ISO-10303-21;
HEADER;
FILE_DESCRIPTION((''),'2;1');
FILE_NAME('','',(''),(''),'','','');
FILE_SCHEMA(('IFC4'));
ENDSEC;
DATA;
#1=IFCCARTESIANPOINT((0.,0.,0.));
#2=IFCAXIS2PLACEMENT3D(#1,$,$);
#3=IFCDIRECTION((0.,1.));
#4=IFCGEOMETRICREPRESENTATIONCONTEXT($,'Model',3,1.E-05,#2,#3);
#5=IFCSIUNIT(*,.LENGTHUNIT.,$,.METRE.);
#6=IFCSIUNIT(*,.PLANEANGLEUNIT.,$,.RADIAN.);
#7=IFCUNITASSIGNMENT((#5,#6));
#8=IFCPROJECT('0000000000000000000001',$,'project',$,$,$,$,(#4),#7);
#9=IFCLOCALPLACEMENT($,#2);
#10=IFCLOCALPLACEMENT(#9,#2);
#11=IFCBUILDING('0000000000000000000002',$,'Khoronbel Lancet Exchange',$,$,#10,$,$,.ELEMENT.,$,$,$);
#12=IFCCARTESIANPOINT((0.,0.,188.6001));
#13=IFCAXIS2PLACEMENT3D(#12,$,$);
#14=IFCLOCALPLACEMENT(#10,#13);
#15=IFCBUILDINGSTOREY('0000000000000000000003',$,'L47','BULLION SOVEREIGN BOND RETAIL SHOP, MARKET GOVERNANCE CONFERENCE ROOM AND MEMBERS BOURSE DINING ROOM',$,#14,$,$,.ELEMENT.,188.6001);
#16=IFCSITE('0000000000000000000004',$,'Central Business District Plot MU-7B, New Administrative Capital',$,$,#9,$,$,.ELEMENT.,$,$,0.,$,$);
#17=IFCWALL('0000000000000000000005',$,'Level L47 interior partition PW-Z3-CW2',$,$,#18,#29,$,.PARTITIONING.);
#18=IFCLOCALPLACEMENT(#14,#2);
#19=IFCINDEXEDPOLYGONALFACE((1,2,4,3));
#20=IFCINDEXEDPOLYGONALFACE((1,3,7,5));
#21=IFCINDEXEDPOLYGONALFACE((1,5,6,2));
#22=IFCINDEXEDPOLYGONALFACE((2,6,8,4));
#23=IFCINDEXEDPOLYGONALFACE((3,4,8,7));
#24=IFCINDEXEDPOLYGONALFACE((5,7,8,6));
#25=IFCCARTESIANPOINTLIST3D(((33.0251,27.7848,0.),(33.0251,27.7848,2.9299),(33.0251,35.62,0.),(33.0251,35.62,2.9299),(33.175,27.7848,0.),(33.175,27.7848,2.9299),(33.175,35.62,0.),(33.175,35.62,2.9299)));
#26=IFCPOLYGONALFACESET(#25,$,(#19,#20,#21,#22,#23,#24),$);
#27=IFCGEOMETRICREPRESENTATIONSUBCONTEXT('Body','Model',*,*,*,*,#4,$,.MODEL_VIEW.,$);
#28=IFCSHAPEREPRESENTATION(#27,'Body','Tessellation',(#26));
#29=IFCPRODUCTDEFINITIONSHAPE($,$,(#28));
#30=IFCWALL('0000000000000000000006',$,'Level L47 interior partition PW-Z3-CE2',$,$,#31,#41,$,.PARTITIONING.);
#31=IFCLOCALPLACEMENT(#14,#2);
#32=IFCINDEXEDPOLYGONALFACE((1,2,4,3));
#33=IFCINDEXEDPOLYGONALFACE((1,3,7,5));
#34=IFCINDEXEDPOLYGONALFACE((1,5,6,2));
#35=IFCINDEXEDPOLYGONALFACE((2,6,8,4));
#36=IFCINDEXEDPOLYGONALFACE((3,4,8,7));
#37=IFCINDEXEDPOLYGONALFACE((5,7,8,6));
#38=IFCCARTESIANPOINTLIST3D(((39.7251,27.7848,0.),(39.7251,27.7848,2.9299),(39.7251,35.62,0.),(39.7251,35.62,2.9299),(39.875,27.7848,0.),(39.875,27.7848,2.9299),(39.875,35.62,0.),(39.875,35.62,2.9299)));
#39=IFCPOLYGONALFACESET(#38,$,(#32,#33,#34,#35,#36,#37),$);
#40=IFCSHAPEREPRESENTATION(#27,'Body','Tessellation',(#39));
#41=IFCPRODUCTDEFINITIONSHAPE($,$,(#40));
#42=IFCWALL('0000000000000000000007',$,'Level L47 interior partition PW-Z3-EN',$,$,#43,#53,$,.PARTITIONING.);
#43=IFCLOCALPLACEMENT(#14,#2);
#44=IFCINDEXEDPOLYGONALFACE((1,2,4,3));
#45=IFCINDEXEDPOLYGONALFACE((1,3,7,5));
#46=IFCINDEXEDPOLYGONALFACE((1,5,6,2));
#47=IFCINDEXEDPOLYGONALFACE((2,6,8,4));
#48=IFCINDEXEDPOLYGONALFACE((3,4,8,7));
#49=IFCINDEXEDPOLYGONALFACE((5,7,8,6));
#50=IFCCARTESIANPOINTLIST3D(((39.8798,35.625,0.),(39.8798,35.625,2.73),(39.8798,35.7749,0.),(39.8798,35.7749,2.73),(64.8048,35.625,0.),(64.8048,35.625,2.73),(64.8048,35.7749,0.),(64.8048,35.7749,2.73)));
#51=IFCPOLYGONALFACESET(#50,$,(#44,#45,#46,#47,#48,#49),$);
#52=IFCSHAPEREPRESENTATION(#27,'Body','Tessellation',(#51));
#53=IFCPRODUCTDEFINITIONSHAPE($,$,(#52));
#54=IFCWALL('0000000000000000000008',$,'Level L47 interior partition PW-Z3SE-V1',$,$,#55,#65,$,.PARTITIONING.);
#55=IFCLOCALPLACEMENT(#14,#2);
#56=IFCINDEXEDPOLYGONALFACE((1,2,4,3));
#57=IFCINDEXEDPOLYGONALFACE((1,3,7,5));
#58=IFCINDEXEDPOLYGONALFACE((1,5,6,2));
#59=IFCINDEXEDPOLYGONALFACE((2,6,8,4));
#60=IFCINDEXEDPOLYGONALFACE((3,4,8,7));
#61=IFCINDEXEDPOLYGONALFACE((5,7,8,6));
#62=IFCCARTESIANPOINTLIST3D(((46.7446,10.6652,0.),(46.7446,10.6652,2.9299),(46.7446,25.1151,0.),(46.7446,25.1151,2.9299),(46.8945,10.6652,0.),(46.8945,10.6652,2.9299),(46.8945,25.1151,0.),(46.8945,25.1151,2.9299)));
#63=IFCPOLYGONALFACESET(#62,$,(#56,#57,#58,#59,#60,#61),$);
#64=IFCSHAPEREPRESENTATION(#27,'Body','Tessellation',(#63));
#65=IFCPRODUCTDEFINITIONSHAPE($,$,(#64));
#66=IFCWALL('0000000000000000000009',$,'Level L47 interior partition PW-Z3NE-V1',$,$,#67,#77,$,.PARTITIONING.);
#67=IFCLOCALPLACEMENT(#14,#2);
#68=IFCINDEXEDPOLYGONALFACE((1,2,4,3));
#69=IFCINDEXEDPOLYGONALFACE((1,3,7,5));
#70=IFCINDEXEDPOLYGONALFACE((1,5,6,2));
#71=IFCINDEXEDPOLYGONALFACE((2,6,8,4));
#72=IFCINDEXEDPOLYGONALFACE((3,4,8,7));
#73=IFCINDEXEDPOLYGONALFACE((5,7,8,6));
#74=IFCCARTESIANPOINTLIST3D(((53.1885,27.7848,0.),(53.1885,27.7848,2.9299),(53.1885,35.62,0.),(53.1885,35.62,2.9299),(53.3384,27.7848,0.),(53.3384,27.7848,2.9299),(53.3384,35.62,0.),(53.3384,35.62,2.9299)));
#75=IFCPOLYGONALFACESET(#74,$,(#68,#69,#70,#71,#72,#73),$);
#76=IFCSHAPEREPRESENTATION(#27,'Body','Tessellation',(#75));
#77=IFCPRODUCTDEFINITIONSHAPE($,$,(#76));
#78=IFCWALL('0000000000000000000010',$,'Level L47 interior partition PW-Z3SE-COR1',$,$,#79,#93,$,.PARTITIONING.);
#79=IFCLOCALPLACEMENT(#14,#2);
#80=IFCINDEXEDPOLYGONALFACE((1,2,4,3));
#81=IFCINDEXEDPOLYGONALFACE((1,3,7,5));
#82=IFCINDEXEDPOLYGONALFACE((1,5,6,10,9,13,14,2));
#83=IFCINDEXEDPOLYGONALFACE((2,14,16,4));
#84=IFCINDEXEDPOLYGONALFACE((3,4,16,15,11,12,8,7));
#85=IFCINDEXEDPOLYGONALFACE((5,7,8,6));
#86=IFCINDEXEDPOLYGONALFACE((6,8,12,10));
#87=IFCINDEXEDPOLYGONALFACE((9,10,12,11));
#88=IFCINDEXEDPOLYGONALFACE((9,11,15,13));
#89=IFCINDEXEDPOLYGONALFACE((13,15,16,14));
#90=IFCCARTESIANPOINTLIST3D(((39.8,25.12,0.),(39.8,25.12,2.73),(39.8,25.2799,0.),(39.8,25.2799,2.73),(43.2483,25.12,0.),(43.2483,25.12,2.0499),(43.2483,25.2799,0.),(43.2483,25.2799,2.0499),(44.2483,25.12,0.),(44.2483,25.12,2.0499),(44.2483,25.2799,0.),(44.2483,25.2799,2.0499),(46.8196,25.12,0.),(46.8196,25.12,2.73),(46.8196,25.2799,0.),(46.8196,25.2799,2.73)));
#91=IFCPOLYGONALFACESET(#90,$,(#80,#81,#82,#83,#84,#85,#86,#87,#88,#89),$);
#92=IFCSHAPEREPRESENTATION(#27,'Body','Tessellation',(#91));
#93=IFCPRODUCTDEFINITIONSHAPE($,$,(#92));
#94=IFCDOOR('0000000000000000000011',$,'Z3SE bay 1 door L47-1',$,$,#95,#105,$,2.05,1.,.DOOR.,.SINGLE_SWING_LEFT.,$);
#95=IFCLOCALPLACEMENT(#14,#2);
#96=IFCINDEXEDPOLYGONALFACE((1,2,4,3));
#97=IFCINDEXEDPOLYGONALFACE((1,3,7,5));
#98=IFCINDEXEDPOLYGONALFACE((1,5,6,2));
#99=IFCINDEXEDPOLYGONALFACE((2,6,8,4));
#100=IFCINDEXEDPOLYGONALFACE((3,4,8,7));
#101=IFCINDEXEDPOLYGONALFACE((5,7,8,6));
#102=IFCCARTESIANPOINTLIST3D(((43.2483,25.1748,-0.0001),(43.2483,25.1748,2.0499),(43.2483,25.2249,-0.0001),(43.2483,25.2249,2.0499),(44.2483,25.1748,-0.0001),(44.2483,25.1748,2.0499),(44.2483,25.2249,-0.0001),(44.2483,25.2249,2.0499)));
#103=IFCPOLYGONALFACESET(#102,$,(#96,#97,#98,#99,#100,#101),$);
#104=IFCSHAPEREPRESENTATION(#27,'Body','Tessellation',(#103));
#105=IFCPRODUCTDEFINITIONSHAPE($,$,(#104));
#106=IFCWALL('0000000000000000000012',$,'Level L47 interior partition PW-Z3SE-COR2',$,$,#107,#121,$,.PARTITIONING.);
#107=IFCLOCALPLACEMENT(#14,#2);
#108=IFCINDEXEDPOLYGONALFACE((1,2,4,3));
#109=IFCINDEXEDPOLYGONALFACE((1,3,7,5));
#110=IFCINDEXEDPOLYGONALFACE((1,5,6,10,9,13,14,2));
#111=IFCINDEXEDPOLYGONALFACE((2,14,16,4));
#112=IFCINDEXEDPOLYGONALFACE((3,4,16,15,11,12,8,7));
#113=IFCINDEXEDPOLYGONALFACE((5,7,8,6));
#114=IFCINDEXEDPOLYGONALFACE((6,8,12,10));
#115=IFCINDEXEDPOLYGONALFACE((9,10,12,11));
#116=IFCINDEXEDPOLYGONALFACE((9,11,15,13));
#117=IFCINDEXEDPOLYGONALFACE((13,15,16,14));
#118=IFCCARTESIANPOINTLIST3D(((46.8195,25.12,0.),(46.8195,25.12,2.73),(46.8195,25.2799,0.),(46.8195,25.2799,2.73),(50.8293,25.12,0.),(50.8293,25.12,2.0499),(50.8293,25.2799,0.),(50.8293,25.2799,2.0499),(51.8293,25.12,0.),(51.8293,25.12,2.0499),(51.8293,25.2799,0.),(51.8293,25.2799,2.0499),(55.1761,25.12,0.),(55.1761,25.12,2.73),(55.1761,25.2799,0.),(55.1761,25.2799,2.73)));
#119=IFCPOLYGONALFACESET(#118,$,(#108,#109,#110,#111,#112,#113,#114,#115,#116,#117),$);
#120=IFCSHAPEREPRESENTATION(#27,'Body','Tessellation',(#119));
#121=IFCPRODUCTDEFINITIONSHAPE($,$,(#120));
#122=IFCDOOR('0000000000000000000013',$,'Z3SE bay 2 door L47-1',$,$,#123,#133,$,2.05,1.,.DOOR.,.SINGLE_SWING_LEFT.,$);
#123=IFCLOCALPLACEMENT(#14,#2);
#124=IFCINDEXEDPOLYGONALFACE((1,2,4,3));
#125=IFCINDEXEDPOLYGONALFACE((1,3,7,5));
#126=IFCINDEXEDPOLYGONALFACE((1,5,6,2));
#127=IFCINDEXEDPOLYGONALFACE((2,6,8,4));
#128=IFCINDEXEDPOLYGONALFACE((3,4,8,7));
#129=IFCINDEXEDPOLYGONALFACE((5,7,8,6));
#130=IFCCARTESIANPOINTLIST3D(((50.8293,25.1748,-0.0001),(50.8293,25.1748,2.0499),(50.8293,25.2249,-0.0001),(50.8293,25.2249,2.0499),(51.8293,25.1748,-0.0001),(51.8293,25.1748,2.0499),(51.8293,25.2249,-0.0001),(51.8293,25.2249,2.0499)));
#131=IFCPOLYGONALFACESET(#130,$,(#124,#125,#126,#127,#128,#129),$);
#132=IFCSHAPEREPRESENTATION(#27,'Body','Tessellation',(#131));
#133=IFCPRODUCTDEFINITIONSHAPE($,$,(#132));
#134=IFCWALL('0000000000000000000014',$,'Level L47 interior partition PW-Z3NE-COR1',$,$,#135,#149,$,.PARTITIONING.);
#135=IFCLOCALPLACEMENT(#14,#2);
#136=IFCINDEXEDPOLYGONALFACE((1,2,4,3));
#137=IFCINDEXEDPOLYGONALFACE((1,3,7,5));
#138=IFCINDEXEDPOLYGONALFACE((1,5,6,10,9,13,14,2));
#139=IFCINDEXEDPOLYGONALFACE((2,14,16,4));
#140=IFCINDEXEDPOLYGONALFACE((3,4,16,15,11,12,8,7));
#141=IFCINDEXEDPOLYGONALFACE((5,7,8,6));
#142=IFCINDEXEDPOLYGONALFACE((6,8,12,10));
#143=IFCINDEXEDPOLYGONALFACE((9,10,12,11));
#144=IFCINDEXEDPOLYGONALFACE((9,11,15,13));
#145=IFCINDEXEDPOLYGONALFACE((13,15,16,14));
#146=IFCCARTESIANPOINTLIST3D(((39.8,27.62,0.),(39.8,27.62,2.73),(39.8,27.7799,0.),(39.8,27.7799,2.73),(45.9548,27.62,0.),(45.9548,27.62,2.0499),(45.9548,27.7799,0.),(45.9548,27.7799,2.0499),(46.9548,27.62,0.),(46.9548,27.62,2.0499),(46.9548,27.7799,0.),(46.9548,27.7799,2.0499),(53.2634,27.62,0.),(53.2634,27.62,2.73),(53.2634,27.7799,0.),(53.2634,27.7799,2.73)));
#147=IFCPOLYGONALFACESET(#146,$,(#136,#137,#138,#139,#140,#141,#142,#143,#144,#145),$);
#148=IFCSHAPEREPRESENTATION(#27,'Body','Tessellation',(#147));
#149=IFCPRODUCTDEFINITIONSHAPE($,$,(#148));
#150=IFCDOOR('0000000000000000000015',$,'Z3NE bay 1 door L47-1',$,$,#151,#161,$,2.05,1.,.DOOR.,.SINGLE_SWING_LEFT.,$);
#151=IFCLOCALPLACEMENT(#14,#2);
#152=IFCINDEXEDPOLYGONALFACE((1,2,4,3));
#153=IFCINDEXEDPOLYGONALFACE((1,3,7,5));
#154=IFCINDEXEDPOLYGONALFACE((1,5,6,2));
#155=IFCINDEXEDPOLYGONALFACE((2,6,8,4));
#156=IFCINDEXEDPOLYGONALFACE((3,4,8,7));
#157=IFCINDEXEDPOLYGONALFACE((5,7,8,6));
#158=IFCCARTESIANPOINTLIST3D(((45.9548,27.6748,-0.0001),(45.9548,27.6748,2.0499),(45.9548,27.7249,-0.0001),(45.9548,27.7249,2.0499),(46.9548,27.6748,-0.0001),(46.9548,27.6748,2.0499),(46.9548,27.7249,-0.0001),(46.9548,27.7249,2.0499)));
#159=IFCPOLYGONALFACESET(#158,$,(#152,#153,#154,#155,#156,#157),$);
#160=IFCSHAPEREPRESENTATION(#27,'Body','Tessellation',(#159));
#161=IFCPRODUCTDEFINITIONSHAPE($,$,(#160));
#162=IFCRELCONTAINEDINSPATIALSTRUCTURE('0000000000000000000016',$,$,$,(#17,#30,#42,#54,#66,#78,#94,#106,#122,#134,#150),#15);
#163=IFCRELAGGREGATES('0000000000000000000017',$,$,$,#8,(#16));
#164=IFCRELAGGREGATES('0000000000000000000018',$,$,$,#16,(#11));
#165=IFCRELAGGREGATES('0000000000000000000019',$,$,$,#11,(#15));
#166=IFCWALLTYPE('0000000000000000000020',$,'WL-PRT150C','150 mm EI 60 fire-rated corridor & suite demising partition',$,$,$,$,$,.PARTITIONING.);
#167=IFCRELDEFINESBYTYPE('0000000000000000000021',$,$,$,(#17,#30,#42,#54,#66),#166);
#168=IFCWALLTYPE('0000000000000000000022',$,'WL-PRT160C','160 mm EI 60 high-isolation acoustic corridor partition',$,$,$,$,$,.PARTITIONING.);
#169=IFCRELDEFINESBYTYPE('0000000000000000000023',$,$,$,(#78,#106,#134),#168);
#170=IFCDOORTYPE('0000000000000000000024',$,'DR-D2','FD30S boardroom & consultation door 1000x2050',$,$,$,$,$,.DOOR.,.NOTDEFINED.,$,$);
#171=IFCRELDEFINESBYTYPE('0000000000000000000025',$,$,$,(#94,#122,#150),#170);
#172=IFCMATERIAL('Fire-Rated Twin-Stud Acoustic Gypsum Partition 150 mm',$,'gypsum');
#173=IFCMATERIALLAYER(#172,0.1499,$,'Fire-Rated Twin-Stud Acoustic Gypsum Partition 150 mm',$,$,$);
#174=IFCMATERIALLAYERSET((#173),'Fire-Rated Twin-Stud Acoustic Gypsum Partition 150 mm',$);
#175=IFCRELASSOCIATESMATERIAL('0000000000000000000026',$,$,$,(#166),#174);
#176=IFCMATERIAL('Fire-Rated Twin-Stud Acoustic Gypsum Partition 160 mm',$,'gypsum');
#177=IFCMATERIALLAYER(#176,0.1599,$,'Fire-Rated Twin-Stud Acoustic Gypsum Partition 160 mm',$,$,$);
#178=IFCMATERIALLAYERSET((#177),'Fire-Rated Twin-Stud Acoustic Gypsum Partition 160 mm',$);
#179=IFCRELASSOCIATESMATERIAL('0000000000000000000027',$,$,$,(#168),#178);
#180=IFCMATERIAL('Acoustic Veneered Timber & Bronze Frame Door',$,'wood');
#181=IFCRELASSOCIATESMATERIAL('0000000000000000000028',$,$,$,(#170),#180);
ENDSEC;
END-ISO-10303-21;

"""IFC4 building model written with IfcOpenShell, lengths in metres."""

from ifc_helpers import new_model, si_unit, direction, frame, frame_2d, origin, place, context, subcontext, project, spatial, rectangle, extrude, material, layer, layer_set, type_object, element, fill, save


model = new_model("IFC4")

# Units and contexts
model_context = context("Model", 3, precision=1e-05, world=origin(), true_north=direction((0.0, 1.0)))
body_context = subcontext(model_context, "Body", "Model", "MODEL_VIEW")
ifc_project = project(units=[si_unit("LENGTHUNIT", "METRE"), si_unit("PLANEANGLEUNIT", "RADIAN")], contexts=[model_context])

# Site, building, storey
site_placement = place(None, origin())
site = spatial("IfcSite", under=ifc_project, at=site_placement, Name="Central Business District Plot MU-7B, New Administrative Capital", CompositionType="ELEMENT", RefElevation=0.0)
building_placement = place(site_placement, origin())
building = spatial("IfcBuilding", under=site, at=building_placement, Name="Khoronbel Lancet Exchange", CompositionType="ELEMENT")
storey_placement = place(building_placement, frame((0.0, 0.0, 188.6001)))
storey = spatial("IfcBuildingStorey", under=building, at=storey_placement, Name="L47", Description="BULLION SOVEREIGN BOND RETAIL SHOP, MARKET GOVERNANCE CONFERENCE ROOM AND MEMBERS BOURSE DINING ROOM", CompositionType="ELEMENT", Elevation=188.6001)

# Walls
ifc_material_1 = material(Name="Fire-Rated Twin-Stud Acoustic Gypsum Partition 150 mm", Category="gypsum")
ifc_layer_1 = layer(ifc_material_1, 0.1499, Name="Fire-Rated Twin-Stud Acoustic Gypsum Partition 150 mm")
ifc_layer_set_1 = layer_set([ifc_layer_1], Name="Fire-Rated Twin-Stud Acoustic Gypsum Partition 150 mm")
wall_type_1 = type_object("IfcWallType", Name="WL-PRT150C", Description="150 mm EI 60 fire-rated corridor & suite demising partition", PredefinedType="PARTITIONING", material=ifc_layer_set_1)
for number, where, z_axis, x_axis, name in (
    (1, (33.1001, 27.7849, 0.0), (0.0, 0.0, 1.0), (0.0, 1.0, 0.0), "Level L47 interior partition PW-Z3-CW2"),
    (2, (39.8, 27.7849, 0.0), (0.0, 0.0, 1.0), (0.0, 1.0, 0.0), "Level L47 interior partition PW-Z3-CE2"),
):
    element("IfcWall", number, at=place(storey_placement, frame(where, z_axis=z_axis, x_axis=x_axis)), inside=storey, type_object=wall_type_1, Name=name, PredefinedType="PARTITIONING", context=body_context, shape_type="SweptSolid", body=[
        extrude(rectangle(XDim=7.8352, YDim=0.1499, at=frame_2d((3.9175, 0.0))), origin(), (0.0, 0.0, 1.0), 2.9299),
    ])
wall_1_placement = place(storey_placement, frame((39.8799, 35.7, 0.0), z_axis=(0.0, 0.0, 1.0), x_axis=(1.0, 0.0, 0.0)))
element("IfcWall", 3, at=wall_1_placement, inside=storey, type_object=wall_type_1, Name="Level L47 interior partition PW-Z3-EN", PredefinedType="PARTITIONING", context=body_context, shape_type="SweptSolid", body=[
    extrude(rectangle(XDim=24.925, YDim=0.1499, at=frame_2d((12.4624, 0.0))), origin(), (0.0, 0.0, 1.0), 2.73),
])
wall_2_placement = place(storey_placement, frame((46.8196, 10.665, 0.0), z_axis=(0.0, 0.0, 1.0), x_axis=(0.0, 1.0, 0.0)))
element("IfcWall", 4, at=wall_2_placement, inside=storey, type_object=wall_type_1, Name="Level L47 interior partition PW-Z3SE-V1", PredefinedType="PARTITIONING", context=body_context, shape_type="SweptSolid", body=[
    extrude(rectangle(XDim=14.45, YDim=0.1499, at=frame_2d((7.2251, 0.0))), origin(), (0.0, 0.0, 1.0), 2.9299),
])
wall_3_placement = place(storey_placement, frame((53.2634, 27.7849, 0.0), z_axis=(0.0, 0.0, 1.0), x_axis=(0.0, 1.0, 0.0)))
element("IfcWall", 5, at=wall_3_placement, inside=storey, type_object=wall_type_1, Name="Level L47 interior partition PW-Z3NE-V1", PredefinedType="PARTITIONING", context=body_context, shape_type="SweptSolid", body=[
    extrude(rectangle(XDim=7.8352, YDim=0.1499, at=frame_2d((3.9175, 0.0))), origin(), (0.0, 0.0, 1.0), 2.9299),
])

# Walls, openings, doors
ifc_material_2 = material(Name="Fire-Rated Twin-Stud Acoustic Gypsum Partition 160 mm", Category="gypsum")
ifc_layer_2 = layer(ifc_material_2, 0.1599, Name="Fire-Rated Twin-Stud Acoustic Gypsum Partition 160 mm")
ifc_layer_set_2 = layer_set([ifc_layer_2], Name="Fire-Rated Twin-Stud Acoustic Gypsum Partition 160 mm")
wall_type_2 = type_object("IfcWallType", Name="WL-PRT160C", Description="160 mm EI 60 high-isolation acoustic corridor partition", PredefinedType="PARTITIONING", material=ifc_layer_set_2)
wall_4_placement = place(storey_placement, frame((39.8, 25.2, 0.0), z_axis=(0.0, 0.0, 1.0), x_axis=(1.0, 0.0, 0.0)))
wall_4 = element("IfcWall", 6, at=wall_4_placement, inside=storey, type_object=wall_type_2, Name="Level L47 interior partition PW-Z3SE-COR1", PredefinedType="PARTITIONING", context=body_context, shape_type="SweptSolid", body=[
    extrude(rectangle(XDim=7.0195, YDim=0.1599, at=frame_2d((3.5098, 0.0))), origin(), (0.0, 0.0, 1.0), 2.73),
])
opening_1_placement = place(wall_4_placement, frame((3.4482, 0.0, 0.0)))
opening_1 = element("IfcOpeningElement", 7, at=opening_1_placement, cuts=wall_4, PredefinedType="OPENING", context=body_context, shape_type="SweptSolid", body=[
    extrude(rectangle(XDim=1.0, YDim=2.05, at=frame_2d((0.5, 1.0249))), frame((0.0, 0.0898, 0.0), z_axis=(0.0, -1.0, 0.0), x_axis=(1.0, 0.0, 0.0)), (0.0, 0.0, 1.0), 0.1799),
])
ifc_material_3 = material(Name="Acoustic Veneered Timber & Bronze Frame Door", Category="wood")
door_type_1 = type_object("IfcDoorType", Name="DR-D2", Description="FD30S boardroom & consultation door 1000x2050", OperationType="NOTDEFINED", PredefinedType="DOOR", material=ifc_material_3)
door_1_placement = place(opening_1_placement, origin())
door_1 = element("IfcDoor", 8, at=door_1_placement, inside=storey, type_object=door_type_1, Name="Z3SE bay 1 door L47-1", OperationType="SINGLE_SWING_LEFT", OverallHeight=2.05, OverallWidth=1.0, PredefinedType="DOOR", context=body_context, shape_type="SweptSolid", body=[
    extrude(rectangle(XDim=1.0, YDim=2.05, at=frame_2d((0.5, 1.0249))), frame((0.0, 0.0249, 0.0), z_axis=(0.0, -1.0, 0.0), x_axis=(1.0, 0.0, 0.0)), (0.0, 0.0, 1.0), 0.05),
])
fill(opening_1, door_1)
wall_5_placement = place(storey_placement, frame((46.8196, 25.2, 0.0), z_axis=(0.0, 0.0, 1.0), x_axis=(1.0, 0.0, 0.0)))
wall_5 = element("IfcWall", 9, at=wall_5_placement, inside=storey, type_object=wall_type_2, Name="Level L47 interior partition PW-Z3SE-COR2", PredefinedType="PARTITIONING", context=body_context, shape_type="SweptSolid", body=[
    extrude(rectangle(XDim=8.3567, YDim=0.1599, at=frame_2d((4.1782, 0.0))), origin(), (0.0, 0.0, 1.0), 2.73),
])
opening_2_placement = place(wall_5_placement, frame((4.0098, 0.0, 0.0)))
opening_2 = element("IfcOpeningElement", 10, at=opening_2_placement, cuts=wall_5, PredefinedType="OPENING", context=body_context, shape_type="SweptSolid", body=[
    extrude(rectangle(XDim=1.0, YDim=2.05, at=frame_2d((0.5, 1.0249))), frame((0.0, 0.0898, 0.0), z_axis=(0.0, -1.0, 0.0), x_axis=(1.0, 0.0, 0.0)), (0.0, 0.0, 1.0), 0.1799),
])
door_2_placement = place(opening_2_placement, origin())
door_2 = element("IfcDoor", 11, at=door_2_placement, inside=storey, type_object=door_type_1, Name="Z3SE bay 2 door L47-1", OperationType="SINGLE_SWING_LEFT", OverallHeight=2.05, OverallWidth=1.0, PredefinedType="DOOR", context=body_context, shape_type="SweptSolid", body=[
    extrude(rectangle(XDim=1.0, YDim=2.05, at=frame_2d((0.5, 1.0249))), frame((0.0, 0.0249, 0.0), z_axis=(0.0, -1.0, 0.0), x_axis=(1.0, 0.0, 0.0)), (0.0, 0.0, 1.0), 0.05),
])
fill(opening_2, door_2)
wall_6_placement = place(storey_placement, frame((39.8, 27.7, 0.0), z_axis=(0.0, 0.0, 1.0), x_axis=(1.0, 0.0, 0.0)))
wall_6 = element("IfcWall", 12, at=wall_6_placement, inside=storey, type_object=wall_type_2, Name="Level L47 interior partition PW-Z3NE-COR1", PredefinedType="PARTITIONING", context=body_context, shape_type="SweptSolid", body=[
    extrude(rectangle(XDim=13.4634, YDim=0.1599, at=frame_2d((6.7317, 0.0))), origin(), (0.0, 0.0, 1.0), 2.73),
])
opening_3_placement = place(wall_6_placement, frame((6.1548, 0.0, 0.0)))
opening_3 = element("IfcOpeningElement", 13, at=opening_3_placement, cuts=wall_6, PredefinedType="OPENING", context=body_context, shape_type="SweptSolid", body=[
    extrude(rectangle(XDim=1.0, YDim=2.05, at=frame_2d((0.5, 1.0249))), frame((0.0, 0.0898, 0.0), z_axis=(0.0, -1.0, 0.0), x_axis=(1.0, 0.0, 0.0)), (0.0, 0.0, 1.0), 0.1799),
])
door_3_placement = place(opening_3_placement, origin())
door_3 = element("IfcDoor", 14, at=door_3_placement, inside=storey, type_object=door_type_1, Name="Z3NE bay 1 door L47-1", OperationType="SINGLE_SWING_LEFT", OverallHeight=2.05, OverallWidth=1.0, PredefinedType="DOOR", context=body_context, shape_type="SweptSolid", body=[
    extrude(rectangle(XDim=1.0, YDim=2.05, at=frame_2d((0.5, 1.0249))), frame((0.0, 0.0249, 0.0), z_axis=(0.0, -1.0, 0.0), x_axis=(1.0, 0.0, 0.0)), (0.0, 0.0, 1.0), 0.05),
])
fill(opening_3, door_3)

save(model, "model.ifc")
